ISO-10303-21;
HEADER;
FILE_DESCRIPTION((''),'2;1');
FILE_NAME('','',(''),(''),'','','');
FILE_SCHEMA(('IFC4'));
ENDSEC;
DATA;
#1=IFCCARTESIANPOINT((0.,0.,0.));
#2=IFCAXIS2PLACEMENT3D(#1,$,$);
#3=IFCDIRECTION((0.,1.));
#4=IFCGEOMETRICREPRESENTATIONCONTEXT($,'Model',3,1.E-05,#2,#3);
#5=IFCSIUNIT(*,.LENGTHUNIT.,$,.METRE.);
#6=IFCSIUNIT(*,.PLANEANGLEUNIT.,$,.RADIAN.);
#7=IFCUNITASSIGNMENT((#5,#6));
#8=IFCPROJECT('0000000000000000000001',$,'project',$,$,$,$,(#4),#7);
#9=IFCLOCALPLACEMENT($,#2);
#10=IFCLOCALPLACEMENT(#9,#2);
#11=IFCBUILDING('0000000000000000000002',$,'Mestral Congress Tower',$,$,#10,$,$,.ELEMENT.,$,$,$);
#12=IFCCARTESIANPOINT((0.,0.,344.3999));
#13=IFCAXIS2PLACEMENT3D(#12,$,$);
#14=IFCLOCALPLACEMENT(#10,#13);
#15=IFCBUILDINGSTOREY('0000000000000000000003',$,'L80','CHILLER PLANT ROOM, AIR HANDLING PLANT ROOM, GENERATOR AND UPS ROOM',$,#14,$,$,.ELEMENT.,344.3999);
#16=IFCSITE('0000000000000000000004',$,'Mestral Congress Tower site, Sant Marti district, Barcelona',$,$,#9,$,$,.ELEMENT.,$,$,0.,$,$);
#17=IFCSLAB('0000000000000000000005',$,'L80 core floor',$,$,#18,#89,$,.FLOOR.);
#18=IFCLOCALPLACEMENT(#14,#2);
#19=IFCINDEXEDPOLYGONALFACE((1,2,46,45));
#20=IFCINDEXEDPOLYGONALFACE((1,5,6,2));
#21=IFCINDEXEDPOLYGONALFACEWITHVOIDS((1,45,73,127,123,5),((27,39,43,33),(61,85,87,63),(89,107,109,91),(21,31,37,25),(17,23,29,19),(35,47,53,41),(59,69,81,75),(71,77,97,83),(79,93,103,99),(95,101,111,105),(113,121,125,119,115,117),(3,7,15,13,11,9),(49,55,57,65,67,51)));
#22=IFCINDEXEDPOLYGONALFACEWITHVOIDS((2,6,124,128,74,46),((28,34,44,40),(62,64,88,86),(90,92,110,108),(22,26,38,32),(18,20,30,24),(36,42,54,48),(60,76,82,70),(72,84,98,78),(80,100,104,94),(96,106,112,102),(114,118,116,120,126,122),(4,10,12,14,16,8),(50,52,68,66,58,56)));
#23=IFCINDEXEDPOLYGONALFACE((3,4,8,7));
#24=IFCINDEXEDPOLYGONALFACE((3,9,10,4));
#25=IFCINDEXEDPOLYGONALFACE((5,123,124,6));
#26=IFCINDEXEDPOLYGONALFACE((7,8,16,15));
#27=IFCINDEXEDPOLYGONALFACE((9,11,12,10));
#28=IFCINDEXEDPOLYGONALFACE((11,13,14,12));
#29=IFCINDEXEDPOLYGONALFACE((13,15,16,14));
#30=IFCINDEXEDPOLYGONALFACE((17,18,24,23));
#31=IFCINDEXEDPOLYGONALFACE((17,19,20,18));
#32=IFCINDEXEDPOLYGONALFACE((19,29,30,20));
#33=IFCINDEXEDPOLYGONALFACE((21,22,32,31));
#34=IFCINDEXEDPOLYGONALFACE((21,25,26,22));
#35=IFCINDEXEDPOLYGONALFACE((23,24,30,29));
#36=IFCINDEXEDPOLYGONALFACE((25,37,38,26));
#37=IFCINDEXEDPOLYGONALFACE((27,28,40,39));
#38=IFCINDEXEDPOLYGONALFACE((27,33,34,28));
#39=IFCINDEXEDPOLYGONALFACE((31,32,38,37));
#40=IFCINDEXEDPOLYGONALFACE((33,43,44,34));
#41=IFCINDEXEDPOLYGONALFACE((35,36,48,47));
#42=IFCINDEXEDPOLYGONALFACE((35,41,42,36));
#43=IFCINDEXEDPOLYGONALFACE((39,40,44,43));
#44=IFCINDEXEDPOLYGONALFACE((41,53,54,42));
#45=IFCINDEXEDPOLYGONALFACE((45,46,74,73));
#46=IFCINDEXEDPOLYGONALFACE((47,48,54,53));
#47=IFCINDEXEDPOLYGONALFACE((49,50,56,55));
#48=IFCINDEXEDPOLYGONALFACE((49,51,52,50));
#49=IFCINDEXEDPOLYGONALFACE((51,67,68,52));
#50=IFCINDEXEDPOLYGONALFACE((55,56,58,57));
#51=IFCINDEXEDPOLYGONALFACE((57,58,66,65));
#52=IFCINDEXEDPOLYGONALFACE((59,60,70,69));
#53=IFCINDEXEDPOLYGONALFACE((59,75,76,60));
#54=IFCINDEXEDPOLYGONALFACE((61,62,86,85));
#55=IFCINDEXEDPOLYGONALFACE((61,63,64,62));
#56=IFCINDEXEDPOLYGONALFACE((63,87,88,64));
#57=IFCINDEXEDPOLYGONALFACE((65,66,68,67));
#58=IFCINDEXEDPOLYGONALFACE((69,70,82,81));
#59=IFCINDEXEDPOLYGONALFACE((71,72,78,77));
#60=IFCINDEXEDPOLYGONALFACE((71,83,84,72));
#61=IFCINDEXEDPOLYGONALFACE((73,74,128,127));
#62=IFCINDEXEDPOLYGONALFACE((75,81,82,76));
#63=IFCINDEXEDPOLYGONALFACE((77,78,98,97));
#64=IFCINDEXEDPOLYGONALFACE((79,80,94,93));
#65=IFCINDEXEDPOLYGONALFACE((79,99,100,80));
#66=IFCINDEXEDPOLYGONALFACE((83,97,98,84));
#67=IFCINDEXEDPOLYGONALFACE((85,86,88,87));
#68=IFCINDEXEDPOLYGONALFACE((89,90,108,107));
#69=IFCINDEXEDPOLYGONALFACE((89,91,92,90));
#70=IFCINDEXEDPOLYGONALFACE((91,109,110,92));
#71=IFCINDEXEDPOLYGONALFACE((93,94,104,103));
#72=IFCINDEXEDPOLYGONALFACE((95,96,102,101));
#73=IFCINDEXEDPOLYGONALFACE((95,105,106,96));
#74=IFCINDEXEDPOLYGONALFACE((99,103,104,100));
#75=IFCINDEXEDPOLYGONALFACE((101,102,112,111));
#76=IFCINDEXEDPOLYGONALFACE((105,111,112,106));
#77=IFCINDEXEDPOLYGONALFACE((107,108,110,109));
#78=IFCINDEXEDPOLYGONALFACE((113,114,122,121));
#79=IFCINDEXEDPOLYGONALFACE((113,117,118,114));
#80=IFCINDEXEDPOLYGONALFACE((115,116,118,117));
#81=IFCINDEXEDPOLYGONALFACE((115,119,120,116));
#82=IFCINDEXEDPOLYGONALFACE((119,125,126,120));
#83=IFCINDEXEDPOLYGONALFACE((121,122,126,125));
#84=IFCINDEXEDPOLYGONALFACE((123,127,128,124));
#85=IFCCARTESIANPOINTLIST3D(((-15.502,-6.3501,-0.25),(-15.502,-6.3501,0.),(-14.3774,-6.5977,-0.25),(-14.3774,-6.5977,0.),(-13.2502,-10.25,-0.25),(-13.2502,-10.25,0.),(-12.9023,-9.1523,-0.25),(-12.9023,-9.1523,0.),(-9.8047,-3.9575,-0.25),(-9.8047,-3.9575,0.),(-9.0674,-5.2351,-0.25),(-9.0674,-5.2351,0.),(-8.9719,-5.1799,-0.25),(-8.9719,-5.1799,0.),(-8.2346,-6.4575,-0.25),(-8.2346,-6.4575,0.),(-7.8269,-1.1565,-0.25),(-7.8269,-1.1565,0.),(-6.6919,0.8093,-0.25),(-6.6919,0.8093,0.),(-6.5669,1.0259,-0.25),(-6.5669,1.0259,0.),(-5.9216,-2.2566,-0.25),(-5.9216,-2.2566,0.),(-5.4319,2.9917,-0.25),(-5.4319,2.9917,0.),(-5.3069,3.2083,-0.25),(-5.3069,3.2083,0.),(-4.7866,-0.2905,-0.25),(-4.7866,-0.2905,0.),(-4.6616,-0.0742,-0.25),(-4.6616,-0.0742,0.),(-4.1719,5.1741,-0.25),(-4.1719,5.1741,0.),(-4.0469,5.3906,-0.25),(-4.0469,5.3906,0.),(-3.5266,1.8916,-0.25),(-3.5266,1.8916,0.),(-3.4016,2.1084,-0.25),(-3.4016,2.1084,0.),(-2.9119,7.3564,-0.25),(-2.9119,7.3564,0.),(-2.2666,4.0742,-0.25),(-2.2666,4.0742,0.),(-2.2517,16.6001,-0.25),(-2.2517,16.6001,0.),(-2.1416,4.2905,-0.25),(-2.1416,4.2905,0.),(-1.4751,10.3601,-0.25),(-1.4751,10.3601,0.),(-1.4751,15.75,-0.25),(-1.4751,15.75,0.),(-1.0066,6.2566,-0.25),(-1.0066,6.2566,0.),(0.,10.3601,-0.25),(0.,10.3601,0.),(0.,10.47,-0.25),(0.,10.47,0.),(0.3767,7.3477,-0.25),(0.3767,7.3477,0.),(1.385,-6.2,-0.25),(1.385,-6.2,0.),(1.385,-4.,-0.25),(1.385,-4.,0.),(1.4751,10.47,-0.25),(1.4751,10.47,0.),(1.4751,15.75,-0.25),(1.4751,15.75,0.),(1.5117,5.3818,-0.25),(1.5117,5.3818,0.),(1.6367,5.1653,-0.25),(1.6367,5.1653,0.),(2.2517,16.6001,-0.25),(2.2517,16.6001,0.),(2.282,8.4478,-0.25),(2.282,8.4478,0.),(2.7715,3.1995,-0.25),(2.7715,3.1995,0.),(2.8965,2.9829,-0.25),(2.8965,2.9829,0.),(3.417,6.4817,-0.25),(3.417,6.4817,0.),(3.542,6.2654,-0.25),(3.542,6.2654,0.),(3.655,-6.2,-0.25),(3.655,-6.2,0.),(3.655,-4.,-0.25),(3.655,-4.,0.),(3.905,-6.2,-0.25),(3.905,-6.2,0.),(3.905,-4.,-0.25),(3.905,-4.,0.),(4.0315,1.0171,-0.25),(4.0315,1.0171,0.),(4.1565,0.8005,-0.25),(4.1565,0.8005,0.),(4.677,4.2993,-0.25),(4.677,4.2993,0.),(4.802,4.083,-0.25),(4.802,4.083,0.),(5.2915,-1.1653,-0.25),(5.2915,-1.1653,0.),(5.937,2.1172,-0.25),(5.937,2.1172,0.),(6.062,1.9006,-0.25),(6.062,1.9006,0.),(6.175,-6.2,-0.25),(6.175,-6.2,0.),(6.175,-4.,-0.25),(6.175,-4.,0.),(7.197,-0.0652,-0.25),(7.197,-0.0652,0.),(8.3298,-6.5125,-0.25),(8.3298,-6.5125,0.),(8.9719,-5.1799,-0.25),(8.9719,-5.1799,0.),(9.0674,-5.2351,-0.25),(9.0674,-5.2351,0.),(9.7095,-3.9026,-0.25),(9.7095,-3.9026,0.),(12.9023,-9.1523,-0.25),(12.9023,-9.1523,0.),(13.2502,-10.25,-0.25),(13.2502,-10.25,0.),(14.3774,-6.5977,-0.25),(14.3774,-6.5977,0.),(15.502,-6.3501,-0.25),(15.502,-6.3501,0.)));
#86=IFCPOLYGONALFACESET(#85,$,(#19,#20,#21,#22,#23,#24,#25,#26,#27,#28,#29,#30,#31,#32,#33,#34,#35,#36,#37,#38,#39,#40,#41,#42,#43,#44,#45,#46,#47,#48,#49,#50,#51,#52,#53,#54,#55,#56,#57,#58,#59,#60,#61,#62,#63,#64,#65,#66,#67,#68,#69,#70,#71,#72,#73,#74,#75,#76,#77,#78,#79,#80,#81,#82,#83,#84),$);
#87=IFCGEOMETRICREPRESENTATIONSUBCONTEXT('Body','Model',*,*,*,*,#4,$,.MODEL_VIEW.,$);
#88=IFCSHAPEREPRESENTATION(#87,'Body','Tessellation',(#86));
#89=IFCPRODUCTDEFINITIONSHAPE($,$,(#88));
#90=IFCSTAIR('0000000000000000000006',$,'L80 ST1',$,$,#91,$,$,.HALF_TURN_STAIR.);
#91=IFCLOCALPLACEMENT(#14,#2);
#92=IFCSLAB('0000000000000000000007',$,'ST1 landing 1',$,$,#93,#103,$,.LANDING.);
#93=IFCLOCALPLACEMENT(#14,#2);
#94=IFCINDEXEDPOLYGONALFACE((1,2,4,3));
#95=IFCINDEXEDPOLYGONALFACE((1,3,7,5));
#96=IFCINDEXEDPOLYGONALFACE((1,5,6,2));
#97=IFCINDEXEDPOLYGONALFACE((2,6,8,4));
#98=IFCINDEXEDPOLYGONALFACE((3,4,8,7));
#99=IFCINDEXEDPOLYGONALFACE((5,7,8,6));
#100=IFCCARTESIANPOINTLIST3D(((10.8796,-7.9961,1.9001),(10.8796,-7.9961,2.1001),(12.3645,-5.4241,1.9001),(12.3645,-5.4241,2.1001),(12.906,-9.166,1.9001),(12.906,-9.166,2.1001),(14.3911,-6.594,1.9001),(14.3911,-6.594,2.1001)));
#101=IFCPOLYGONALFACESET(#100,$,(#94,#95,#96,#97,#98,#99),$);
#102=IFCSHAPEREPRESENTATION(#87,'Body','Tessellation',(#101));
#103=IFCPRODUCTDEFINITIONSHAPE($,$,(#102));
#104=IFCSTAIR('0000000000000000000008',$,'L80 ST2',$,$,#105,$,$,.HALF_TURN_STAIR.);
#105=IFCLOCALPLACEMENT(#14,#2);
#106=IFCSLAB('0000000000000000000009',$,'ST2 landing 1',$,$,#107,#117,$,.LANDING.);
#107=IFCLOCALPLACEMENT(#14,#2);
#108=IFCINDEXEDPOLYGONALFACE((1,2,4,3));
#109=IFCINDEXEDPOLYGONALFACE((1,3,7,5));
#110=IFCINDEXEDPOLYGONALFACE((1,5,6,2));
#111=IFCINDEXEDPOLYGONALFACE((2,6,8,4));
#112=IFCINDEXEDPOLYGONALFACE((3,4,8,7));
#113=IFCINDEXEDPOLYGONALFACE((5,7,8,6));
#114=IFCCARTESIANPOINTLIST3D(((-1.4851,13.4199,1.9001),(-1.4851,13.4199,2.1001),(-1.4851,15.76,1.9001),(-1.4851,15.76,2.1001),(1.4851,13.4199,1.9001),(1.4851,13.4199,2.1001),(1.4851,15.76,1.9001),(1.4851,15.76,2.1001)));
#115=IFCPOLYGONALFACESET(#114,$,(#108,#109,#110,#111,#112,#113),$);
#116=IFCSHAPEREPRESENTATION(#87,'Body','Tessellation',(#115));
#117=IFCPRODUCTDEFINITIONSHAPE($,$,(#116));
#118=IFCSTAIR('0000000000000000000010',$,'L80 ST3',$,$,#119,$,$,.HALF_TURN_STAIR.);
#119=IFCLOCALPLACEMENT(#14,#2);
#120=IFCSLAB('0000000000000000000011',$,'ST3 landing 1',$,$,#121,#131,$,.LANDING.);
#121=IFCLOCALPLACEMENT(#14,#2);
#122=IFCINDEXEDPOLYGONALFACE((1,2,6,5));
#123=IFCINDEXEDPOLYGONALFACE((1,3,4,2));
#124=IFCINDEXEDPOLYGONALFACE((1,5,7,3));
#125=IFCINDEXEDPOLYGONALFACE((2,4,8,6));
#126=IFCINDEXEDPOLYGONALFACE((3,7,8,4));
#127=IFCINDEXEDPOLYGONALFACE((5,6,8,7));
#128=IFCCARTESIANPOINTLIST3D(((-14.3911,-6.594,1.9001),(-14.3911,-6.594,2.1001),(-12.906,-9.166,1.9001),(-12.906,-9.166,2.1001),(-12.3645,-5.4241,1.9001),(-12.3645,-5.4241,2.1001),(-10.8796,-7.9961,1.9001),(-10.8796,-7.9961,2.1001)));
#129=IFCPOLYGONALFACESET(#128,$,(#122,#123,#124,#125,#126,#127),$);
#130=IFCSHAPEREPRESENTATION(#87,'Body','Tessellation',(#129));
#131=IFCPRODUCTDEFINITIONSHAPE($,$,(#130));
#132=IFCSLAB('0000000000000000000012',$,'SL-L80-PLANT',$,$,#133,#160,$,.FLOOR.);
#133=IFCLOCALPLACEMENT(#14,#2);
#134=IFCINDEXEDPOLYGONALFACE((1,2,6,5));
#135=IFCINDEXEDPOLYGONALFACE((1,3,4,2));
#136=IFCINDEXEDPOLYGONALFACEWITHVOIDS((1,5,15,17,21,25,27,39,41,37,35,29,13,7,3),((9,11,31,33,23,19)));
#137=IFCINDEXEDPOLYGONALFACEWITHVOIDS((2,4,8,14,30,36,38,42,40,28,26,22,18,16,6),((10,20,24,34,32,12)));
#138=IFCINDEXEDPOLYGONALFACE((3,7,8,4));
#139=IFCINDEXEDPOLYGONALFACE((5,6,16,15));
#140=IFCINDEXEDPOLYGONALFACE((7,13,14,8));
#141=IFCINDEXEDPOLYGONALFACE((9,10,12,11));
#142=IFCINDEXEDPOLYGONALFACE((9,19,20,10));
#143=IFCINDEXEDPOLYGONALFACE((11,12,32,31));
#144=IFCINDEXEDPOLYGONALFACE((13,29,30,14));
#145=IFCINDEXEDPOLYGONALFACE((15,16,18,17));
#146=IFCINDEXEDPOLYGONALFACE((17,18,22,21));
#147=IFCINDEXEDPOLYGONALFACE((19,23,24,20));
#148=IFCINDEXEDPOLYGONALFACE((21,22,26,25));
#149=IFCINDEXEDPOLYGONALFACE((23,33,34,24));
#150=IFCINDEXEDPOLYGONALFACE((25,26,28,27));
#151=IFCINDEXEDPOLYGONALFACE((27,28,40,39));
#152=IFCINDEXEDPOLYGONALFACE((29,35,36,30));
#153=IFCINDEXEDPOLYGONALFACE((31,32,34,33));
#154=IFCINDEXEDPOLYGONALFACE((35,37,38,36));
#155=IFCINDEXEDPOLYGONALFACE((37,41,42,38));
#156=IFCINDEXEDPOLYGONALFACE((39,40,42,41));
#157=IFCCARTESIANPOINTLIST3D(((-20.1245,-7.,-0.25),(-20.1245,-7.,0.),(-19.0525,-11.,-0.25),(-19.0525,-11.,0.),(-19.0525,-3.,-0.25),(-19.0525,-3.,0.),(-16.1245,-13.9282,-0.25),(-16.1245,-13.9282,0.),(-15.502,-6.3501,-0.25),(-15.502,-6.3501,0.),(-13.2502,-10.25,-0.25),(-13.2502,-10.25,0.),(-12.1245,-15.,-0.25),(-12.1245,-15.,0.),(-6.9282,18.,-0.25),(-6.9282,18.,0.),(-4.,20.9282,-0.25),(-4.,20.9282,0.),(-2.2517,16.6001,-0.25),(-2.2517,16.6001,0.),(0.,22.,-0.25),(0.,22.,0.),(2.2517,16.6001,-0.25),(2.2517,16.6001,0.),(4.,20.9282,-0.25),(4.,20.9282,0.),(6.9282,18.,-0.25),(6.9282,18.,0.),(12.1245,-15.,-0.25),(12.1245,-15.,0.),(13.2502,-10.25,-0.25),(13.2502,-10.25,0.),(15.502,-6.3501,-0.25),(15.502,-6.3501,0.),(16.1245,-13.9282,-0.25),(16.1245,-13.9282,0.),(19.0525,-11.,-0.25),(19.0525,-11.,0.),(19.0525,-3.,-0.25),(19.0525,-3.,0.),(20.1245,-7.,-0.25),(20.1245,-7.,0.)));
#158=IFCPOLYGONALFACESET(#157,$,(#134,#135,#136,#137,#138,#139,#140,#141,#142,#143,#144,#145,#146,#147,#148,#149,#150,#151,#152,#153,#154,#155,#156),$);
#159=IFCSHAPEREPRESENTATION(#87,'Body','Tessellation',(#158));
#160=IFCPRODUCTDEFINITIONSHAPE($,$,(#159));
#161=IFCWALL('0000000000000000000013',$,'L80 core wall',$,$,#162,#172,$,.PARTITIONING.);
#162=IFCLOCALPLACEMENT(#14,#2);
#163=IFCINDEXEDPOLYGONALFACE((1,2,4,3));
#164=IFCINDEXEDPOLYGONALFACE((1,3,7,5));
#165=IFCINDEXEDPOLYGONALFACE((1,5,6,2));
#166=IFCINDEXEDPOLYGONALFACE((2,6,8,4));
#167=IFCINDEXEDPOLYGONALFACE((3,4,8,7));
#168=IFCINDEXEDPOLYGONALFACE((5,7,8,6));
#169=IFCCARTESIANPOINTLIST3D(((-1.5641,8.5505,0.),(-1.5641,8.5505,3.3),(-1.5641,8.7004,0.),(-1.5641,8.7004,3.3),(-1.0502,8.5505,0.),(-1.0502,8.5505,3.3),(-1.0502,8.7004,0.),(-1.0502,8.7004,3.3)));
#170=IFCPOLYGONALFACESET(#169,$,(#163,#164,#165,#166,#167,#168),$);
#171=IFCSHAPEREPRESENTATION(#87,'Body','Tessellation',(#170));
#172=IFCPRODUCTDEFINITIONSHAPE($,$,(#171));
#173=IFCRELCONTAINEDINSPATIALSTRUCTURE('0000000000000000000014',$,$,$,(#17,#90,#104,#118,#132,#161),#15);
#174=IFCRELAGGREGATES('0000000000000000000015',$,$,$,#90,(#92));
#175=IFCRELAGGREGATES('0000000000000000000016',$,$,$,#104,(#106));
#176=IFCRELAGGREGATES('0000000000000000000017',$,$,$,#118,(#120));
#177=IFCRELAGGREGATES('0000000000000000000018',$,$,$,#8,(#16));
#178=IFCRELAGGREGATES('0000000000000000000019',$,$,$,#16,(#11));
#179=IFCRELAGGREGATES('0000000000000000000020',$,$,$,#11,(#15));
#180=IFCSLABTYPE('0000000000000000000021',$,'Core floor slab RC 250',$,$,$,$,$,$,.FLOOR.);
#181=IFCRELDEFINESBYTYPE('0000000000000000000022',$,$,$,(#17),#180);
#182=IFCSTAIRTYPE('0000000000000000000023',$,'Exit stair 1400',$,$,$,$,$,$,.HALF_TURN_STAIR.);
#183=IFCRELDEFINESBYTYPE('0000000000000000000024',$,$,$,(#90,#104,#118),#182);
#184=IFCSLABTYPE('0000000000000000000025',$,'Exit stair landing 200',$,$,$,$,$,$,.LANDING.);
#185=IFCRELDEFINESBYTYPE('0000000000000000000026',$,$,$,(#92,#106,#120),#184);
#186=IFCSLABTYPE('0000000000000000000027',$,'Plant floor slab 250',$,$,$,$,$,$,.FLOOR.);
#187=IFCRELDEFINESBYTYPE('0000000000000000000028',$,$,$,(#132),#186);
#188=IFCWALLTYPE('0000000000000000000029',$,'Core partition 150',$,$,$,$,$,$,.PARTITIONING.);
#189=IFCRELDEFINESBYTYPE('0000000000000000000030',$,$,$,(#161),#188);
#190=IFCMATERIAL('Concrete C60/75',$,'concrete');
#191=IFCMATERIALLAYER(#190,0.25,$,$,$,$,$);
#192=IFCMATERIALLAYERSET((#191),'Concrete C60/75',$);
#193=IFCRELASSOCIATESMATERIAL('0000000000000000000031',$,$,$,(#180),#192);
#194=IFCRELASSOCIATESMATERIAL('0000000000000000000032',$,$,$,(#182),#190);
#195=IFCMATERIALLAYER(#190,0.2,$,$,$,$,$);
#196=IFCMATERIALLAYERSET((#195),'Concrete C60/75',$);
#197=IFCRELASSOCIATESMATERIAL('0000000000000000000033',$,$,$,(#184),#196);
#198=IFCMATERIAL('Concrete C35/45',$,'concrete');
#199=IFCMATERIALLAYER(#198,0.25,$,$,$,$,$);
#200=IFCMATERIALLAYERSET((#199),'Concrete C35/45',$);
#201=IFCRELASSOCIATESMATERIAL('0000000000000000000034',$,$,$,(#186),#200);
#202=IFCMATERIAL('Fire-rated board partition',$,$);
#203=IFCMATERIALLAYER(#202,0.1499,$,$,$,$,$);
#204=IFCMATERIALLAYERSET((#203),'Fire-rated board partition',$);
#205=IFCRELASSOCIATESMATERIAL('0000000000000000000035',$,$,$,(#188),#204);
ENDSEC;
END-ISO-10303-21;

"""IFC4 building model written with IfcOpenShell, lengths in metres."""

from ifc_helpers import new_model, si_unit, direction, frame, frame_2d, origin, place, context, subcontext, project, spatial, polyline, rectangle, outline, extrude, material, layer, layer_set, type_object, element, aggregate, save


model = new_model("IFC4")

# Units and contexts
model_context = context("Model", 3, precision=1e-05, world=origin(), true_north=direction((0.0, 1.0)))
body_context = subcontext(model_context, "Body", "Model", "MODEL_VIEW")
ifc_project = project(units=[si_unit("LENGTHUNIT", "METRE"), si_unit("PLANEANGLEUNIT", "RADIAN")], contexts=[model_context])

# Site, building, storey
site_placement = place(None, origin())
site = spatial("IfcSite", under=ifc_project, at=site_placement, Name="Mestral Congress Tower site, Sant Marti district, Barcelona", CompositionType="ELEMENT", RefElevation=0.0)
building_placement = place(site_placement, origin())
building = spatial("IfcBuilding", under=site, at=building_placement, Name="Mestral Congress Tower", CompositionType="ELEMENT")
storey_placement = place(building_placement, frame((0.0, 0.0, 344.3999)))
storey = spatial("IfcBuildingStorey", under=building, at=storey_placement, Name="L80", Description="CHILLER PLANT ROOM, AIR HANDLING PLANT ROOM, GENERATOR AND UPS ROOM", CompositionType="ELEMENT", Elevation=344.3999)

# Slab
ifc_material_1 = material(Name="Concrete C60/75", Category="concrete")
ifc_layer_1 = layer(ifc_material_1, 0.25)
ifc_layer_set_1 = layer_set([ifc_layer_1], Name="Concrete C60/75")
slab_type_1 = type_object("IfcSlabType", Name="Core floor slab RC 250", PredefinedType="FLOOR", material=ifc_layer_set_1)
placement_1 = place(storey_placement, frame((0.0, 0.0, -0.25)))
element("IfcSlab", 1, at=placement_1, inside=storey, type_object=slab_type_1, Name="L80 core floor", PredefinedType="FLOOR", context=body_context, shape_type="SweptSolid", body=[
    extrude(outline(polyline([(13.2502, -10.25), (-13.2502, -10.25), (-15.502, -6.3501), (-2.2517, 16.6001), (2.2517, 16.6001), (15.502, -6.3501), (13.2502, -10.25)]), holes=[polyline([(-14.3774, -6.5977), (-12.9023, -9.1523), (-8.2346, -6.4575), (-8.9719, -5.1799), (-9.0674, -5.2351), (-9.8047, -3.9575), (-14.3774, -6.5977)]), polyline([(-5.9216, -2.2566), (-4.7866, -0.2905), (-6.6919, 0.8093), (-7.8269, -1.1565), (-5.9216, -2.2566)]), polyline([(-4.6616, -0.0742), (-3.5266, 1.8916), (-5.4319, 2.9917), (-6.5669, 1.0259), (-4.6616, -0.0742)]), polyline([(-2.2666, 4.0742), (-4.1719, 5.1741), (-5.3069, 3.2083), (-3.4016, 2.1084), (-2.2666, 4.0742)]), polyline([(-2.1416, 4.2905), (-1.0066, 6.2566), (-2.9119, 7.3564), (-4.0469, 5.3906), (-2.1416, 4.2905)]), polyline([(0.3767, 7.3477), (1.5117, 5.3818), (3.417, 6.4817), (2.282, 8.4478), (0.3767, 7.3477)]), polyline([(1.4751, 15.75), (-1.4751, 15.75), (-1.4751, 10.3601), (0.0, 10.3601), (0.0, 10.47), (1.4751, 10.47), (1.4751, 15.75)]), polyline([(8.3298, -6.5125), (12.9023, -9.1523), (14.3774, -6.5977), (9.7095, -3.9026), (8.9719, -5.1799), (9.0674, -5.2351), (8.3298, -6.5125)]), polyline([(3.655, -4.0), (1.385, -4.0), (1.385, -6.2), (3.655, -6.2), (3.655, -4.0)]), polyline([(6.175, -4.0), (3.905, -4.0), (3.905, -6.2), (6.175, -6.2), (6.175, -4.0)]), polyline([(4.1565, 0.8005), (5.2915, -1.1653), (7.197, -0.0652), (6.062, 1.9006), (4.1565, 0.8005)]), polyline([(2.8965, 2.9829), (4.0315, 1.0171), (5.937, 2.1172), (4.802, 4.083), (2.8965, 2.9829)]), polyline([(1.6367, 5.1653), (2.7715, 3.1995), (4.677, 4.2993), (3.542, 6.2654), (1.6367, 5.1653)])]), origin(), (0.0, 0.0, 1.0), 0.25),
])

# Stairs, slabs
stair_type = type_object("IfcStairType", Name="Exit stair 1400", PredefinedType="HALF_TURN_STAIR", material=ifc_material_1)
placement_2 = place(storey_placement, origin())
stair_1 = element("IfcStair", 2, at=placement_2, inside=storey, type_object=stair_type, Name="L80 ST1", PredefinedType="HALF_TURN_STAIR")
ifc_layer_2 = layer(ifc_material_1, 0.2)
ifc_layer_set_2 = layer_set([ifc_layer_2], Name="Concrete C60/75")
slab_type_2 = type_object("IfcSlabType", Name="Exit stair landing 200", PredefinedType="LANDING", material=ifc_layer_set_2)
placement_3 = place(storey_placement, frame((0.0, 0.0, 1.9001)))
slab_1 = element("IfcSlab", 3, at=placement_3, type_object=slab_type_2, Name="ST1 landing 1", PredefinedType="LANDING", context=body_context, shape_type="SweptSolid", body=[
    extrude(outline(polyline([(10.8796, -7.9961), (12.3645, -5.4241), (14.3911, -6.594), (12.906, -9.166), (10.8796, -7.9961)])), origin(), (0.0, 0.0, 1.0), 0.2),
])
aggregate(stair_1, [slab_1])
stair_2 = element("IfcStair", 4, at=placement_2, inside=storey, type_object=stair_type, Name="L80 ST2", PredefinedType="HALF_TURN_STAIR")
slab_2 = element("IfcSlab", 5, at=placement_3, type_object=slab_type_2, Name="ST2 landing 1", PredefinedType="LANDING", context=body_context, shape_type="SweptSolid", body=[
    extrude(outline(polyline([(1.4851, 13.4199), (-1.4851, 13.4199), (-1.4851, 15.76), (1.4851, 15.76), (1.4851, 13.4199)])), origin(), (0.0, 0.0, 1.0), 0.2),
])
aggregate(stair_2, [slab_2])
stair_3 = element("IfcStair", 6, at=placement_2, inside=storey, type_object=stair_type, Name="L80 ST3", PredefinedType="HALF_TURN_STAIR")
slab_3 = element("IfcSlab", 7, at=placement_3, type_object=slab_type_2, Name="ST3 landing 1", PredefinedType="LANDING", context=body_context, shape_type="SweptSolid", body=[
    extrude(outline(polyline([(-12.3645, -5.4241), (-10.8796, -7.9961), (-12.906, -9.166), (-14.3911, -6.594), (-12.3645, -5.4241)])), origin(), (0.0, 0.0, 1.0), 0.2),
])
aggregate(stair_3, [slab_3])

# Slab
ifc_material_2 = material(Name="Concrete C35/45", Category="concrete")
ifc_layer_3 = layer(ifc_material_2, 0.25)
ifc_layer_set_3 = layer_set([ifc_layer_3], Name="Concrete C35/45")
slab_type_3 = type_object("IfcSlabType", Name="Plant floor slab 250", PredefinedType="FLOOR", material=ifc_layer_set_3)
element("IfcSlab", 8, at=placement_1, inside=storey, type_object=slab_type_3, Name="SL-L80-PLANT", PredefinedType="FLOOR", context=body_context, shape_type="SweptSolid", body=[
    extrude(outline(polyline([(12.1245, -15.0), (16.1245, -13.9282), (19.0525, -11.0), (20.1245, -7.0), (19.0525, -3.0), (6.9282, 18.0), (4.0, 20.9282), (0.0, 22.0), (-4.0, 20.9282), (-6.9282, 18.0), (-19.0525, -3.0), (-20.1245, -7.0), (-19.0525, -11.0), (-16.1245, -13.9282), (-12.1245, -15.0), (12.1245, -15.0)]), holes=[polyline([(-2.2517, 16.6001), (-15.502, -6.3501), (-13.2502, -10.25), (13.2502, -10.25), (15.502, -6.3501), (2.2517, 16.6001), (-2.2517, 16.6001)])]), origin(), (0.0, 0.0, 1.0), 0.25),
])

# Wall
ifc_material_3 = material(Name="Fire-rated board partition")
ifc_layer_4 = layer(ifc_material_3, 0.1499)
ifc_layer_set_4 = layer_set([ifc_layer_4], Name="Fire-rated board partition")
wall_type_1 = type_object("IfcWallType", Name="Core partition 150", PredefinedType="PARTITIONING", material=ifc_layer_set_4)
wall_1_placement = place(storey_placement, frame((-1.564, 8.6255, 0.0), z_axis=(0.0, 0.0, 1.0), x_axis=(1.0, 0.0, 0.0)))
element("IfcWall", 9, at=wall_1_placement, inside=storey, type_object=wall_type_1, Name="L80 core wall", PredefinedType="PARTITIONING", context=body_context, shape_type="SweptSolid", body=[
    extrude(rectangle(XDim=0.5139, YDim=0.1499, at=frame_2d((0.2568, 0.0))), origin(), (0.0, 0.0, 1.0), 3.3),
])

save(model, "model.ifc")
